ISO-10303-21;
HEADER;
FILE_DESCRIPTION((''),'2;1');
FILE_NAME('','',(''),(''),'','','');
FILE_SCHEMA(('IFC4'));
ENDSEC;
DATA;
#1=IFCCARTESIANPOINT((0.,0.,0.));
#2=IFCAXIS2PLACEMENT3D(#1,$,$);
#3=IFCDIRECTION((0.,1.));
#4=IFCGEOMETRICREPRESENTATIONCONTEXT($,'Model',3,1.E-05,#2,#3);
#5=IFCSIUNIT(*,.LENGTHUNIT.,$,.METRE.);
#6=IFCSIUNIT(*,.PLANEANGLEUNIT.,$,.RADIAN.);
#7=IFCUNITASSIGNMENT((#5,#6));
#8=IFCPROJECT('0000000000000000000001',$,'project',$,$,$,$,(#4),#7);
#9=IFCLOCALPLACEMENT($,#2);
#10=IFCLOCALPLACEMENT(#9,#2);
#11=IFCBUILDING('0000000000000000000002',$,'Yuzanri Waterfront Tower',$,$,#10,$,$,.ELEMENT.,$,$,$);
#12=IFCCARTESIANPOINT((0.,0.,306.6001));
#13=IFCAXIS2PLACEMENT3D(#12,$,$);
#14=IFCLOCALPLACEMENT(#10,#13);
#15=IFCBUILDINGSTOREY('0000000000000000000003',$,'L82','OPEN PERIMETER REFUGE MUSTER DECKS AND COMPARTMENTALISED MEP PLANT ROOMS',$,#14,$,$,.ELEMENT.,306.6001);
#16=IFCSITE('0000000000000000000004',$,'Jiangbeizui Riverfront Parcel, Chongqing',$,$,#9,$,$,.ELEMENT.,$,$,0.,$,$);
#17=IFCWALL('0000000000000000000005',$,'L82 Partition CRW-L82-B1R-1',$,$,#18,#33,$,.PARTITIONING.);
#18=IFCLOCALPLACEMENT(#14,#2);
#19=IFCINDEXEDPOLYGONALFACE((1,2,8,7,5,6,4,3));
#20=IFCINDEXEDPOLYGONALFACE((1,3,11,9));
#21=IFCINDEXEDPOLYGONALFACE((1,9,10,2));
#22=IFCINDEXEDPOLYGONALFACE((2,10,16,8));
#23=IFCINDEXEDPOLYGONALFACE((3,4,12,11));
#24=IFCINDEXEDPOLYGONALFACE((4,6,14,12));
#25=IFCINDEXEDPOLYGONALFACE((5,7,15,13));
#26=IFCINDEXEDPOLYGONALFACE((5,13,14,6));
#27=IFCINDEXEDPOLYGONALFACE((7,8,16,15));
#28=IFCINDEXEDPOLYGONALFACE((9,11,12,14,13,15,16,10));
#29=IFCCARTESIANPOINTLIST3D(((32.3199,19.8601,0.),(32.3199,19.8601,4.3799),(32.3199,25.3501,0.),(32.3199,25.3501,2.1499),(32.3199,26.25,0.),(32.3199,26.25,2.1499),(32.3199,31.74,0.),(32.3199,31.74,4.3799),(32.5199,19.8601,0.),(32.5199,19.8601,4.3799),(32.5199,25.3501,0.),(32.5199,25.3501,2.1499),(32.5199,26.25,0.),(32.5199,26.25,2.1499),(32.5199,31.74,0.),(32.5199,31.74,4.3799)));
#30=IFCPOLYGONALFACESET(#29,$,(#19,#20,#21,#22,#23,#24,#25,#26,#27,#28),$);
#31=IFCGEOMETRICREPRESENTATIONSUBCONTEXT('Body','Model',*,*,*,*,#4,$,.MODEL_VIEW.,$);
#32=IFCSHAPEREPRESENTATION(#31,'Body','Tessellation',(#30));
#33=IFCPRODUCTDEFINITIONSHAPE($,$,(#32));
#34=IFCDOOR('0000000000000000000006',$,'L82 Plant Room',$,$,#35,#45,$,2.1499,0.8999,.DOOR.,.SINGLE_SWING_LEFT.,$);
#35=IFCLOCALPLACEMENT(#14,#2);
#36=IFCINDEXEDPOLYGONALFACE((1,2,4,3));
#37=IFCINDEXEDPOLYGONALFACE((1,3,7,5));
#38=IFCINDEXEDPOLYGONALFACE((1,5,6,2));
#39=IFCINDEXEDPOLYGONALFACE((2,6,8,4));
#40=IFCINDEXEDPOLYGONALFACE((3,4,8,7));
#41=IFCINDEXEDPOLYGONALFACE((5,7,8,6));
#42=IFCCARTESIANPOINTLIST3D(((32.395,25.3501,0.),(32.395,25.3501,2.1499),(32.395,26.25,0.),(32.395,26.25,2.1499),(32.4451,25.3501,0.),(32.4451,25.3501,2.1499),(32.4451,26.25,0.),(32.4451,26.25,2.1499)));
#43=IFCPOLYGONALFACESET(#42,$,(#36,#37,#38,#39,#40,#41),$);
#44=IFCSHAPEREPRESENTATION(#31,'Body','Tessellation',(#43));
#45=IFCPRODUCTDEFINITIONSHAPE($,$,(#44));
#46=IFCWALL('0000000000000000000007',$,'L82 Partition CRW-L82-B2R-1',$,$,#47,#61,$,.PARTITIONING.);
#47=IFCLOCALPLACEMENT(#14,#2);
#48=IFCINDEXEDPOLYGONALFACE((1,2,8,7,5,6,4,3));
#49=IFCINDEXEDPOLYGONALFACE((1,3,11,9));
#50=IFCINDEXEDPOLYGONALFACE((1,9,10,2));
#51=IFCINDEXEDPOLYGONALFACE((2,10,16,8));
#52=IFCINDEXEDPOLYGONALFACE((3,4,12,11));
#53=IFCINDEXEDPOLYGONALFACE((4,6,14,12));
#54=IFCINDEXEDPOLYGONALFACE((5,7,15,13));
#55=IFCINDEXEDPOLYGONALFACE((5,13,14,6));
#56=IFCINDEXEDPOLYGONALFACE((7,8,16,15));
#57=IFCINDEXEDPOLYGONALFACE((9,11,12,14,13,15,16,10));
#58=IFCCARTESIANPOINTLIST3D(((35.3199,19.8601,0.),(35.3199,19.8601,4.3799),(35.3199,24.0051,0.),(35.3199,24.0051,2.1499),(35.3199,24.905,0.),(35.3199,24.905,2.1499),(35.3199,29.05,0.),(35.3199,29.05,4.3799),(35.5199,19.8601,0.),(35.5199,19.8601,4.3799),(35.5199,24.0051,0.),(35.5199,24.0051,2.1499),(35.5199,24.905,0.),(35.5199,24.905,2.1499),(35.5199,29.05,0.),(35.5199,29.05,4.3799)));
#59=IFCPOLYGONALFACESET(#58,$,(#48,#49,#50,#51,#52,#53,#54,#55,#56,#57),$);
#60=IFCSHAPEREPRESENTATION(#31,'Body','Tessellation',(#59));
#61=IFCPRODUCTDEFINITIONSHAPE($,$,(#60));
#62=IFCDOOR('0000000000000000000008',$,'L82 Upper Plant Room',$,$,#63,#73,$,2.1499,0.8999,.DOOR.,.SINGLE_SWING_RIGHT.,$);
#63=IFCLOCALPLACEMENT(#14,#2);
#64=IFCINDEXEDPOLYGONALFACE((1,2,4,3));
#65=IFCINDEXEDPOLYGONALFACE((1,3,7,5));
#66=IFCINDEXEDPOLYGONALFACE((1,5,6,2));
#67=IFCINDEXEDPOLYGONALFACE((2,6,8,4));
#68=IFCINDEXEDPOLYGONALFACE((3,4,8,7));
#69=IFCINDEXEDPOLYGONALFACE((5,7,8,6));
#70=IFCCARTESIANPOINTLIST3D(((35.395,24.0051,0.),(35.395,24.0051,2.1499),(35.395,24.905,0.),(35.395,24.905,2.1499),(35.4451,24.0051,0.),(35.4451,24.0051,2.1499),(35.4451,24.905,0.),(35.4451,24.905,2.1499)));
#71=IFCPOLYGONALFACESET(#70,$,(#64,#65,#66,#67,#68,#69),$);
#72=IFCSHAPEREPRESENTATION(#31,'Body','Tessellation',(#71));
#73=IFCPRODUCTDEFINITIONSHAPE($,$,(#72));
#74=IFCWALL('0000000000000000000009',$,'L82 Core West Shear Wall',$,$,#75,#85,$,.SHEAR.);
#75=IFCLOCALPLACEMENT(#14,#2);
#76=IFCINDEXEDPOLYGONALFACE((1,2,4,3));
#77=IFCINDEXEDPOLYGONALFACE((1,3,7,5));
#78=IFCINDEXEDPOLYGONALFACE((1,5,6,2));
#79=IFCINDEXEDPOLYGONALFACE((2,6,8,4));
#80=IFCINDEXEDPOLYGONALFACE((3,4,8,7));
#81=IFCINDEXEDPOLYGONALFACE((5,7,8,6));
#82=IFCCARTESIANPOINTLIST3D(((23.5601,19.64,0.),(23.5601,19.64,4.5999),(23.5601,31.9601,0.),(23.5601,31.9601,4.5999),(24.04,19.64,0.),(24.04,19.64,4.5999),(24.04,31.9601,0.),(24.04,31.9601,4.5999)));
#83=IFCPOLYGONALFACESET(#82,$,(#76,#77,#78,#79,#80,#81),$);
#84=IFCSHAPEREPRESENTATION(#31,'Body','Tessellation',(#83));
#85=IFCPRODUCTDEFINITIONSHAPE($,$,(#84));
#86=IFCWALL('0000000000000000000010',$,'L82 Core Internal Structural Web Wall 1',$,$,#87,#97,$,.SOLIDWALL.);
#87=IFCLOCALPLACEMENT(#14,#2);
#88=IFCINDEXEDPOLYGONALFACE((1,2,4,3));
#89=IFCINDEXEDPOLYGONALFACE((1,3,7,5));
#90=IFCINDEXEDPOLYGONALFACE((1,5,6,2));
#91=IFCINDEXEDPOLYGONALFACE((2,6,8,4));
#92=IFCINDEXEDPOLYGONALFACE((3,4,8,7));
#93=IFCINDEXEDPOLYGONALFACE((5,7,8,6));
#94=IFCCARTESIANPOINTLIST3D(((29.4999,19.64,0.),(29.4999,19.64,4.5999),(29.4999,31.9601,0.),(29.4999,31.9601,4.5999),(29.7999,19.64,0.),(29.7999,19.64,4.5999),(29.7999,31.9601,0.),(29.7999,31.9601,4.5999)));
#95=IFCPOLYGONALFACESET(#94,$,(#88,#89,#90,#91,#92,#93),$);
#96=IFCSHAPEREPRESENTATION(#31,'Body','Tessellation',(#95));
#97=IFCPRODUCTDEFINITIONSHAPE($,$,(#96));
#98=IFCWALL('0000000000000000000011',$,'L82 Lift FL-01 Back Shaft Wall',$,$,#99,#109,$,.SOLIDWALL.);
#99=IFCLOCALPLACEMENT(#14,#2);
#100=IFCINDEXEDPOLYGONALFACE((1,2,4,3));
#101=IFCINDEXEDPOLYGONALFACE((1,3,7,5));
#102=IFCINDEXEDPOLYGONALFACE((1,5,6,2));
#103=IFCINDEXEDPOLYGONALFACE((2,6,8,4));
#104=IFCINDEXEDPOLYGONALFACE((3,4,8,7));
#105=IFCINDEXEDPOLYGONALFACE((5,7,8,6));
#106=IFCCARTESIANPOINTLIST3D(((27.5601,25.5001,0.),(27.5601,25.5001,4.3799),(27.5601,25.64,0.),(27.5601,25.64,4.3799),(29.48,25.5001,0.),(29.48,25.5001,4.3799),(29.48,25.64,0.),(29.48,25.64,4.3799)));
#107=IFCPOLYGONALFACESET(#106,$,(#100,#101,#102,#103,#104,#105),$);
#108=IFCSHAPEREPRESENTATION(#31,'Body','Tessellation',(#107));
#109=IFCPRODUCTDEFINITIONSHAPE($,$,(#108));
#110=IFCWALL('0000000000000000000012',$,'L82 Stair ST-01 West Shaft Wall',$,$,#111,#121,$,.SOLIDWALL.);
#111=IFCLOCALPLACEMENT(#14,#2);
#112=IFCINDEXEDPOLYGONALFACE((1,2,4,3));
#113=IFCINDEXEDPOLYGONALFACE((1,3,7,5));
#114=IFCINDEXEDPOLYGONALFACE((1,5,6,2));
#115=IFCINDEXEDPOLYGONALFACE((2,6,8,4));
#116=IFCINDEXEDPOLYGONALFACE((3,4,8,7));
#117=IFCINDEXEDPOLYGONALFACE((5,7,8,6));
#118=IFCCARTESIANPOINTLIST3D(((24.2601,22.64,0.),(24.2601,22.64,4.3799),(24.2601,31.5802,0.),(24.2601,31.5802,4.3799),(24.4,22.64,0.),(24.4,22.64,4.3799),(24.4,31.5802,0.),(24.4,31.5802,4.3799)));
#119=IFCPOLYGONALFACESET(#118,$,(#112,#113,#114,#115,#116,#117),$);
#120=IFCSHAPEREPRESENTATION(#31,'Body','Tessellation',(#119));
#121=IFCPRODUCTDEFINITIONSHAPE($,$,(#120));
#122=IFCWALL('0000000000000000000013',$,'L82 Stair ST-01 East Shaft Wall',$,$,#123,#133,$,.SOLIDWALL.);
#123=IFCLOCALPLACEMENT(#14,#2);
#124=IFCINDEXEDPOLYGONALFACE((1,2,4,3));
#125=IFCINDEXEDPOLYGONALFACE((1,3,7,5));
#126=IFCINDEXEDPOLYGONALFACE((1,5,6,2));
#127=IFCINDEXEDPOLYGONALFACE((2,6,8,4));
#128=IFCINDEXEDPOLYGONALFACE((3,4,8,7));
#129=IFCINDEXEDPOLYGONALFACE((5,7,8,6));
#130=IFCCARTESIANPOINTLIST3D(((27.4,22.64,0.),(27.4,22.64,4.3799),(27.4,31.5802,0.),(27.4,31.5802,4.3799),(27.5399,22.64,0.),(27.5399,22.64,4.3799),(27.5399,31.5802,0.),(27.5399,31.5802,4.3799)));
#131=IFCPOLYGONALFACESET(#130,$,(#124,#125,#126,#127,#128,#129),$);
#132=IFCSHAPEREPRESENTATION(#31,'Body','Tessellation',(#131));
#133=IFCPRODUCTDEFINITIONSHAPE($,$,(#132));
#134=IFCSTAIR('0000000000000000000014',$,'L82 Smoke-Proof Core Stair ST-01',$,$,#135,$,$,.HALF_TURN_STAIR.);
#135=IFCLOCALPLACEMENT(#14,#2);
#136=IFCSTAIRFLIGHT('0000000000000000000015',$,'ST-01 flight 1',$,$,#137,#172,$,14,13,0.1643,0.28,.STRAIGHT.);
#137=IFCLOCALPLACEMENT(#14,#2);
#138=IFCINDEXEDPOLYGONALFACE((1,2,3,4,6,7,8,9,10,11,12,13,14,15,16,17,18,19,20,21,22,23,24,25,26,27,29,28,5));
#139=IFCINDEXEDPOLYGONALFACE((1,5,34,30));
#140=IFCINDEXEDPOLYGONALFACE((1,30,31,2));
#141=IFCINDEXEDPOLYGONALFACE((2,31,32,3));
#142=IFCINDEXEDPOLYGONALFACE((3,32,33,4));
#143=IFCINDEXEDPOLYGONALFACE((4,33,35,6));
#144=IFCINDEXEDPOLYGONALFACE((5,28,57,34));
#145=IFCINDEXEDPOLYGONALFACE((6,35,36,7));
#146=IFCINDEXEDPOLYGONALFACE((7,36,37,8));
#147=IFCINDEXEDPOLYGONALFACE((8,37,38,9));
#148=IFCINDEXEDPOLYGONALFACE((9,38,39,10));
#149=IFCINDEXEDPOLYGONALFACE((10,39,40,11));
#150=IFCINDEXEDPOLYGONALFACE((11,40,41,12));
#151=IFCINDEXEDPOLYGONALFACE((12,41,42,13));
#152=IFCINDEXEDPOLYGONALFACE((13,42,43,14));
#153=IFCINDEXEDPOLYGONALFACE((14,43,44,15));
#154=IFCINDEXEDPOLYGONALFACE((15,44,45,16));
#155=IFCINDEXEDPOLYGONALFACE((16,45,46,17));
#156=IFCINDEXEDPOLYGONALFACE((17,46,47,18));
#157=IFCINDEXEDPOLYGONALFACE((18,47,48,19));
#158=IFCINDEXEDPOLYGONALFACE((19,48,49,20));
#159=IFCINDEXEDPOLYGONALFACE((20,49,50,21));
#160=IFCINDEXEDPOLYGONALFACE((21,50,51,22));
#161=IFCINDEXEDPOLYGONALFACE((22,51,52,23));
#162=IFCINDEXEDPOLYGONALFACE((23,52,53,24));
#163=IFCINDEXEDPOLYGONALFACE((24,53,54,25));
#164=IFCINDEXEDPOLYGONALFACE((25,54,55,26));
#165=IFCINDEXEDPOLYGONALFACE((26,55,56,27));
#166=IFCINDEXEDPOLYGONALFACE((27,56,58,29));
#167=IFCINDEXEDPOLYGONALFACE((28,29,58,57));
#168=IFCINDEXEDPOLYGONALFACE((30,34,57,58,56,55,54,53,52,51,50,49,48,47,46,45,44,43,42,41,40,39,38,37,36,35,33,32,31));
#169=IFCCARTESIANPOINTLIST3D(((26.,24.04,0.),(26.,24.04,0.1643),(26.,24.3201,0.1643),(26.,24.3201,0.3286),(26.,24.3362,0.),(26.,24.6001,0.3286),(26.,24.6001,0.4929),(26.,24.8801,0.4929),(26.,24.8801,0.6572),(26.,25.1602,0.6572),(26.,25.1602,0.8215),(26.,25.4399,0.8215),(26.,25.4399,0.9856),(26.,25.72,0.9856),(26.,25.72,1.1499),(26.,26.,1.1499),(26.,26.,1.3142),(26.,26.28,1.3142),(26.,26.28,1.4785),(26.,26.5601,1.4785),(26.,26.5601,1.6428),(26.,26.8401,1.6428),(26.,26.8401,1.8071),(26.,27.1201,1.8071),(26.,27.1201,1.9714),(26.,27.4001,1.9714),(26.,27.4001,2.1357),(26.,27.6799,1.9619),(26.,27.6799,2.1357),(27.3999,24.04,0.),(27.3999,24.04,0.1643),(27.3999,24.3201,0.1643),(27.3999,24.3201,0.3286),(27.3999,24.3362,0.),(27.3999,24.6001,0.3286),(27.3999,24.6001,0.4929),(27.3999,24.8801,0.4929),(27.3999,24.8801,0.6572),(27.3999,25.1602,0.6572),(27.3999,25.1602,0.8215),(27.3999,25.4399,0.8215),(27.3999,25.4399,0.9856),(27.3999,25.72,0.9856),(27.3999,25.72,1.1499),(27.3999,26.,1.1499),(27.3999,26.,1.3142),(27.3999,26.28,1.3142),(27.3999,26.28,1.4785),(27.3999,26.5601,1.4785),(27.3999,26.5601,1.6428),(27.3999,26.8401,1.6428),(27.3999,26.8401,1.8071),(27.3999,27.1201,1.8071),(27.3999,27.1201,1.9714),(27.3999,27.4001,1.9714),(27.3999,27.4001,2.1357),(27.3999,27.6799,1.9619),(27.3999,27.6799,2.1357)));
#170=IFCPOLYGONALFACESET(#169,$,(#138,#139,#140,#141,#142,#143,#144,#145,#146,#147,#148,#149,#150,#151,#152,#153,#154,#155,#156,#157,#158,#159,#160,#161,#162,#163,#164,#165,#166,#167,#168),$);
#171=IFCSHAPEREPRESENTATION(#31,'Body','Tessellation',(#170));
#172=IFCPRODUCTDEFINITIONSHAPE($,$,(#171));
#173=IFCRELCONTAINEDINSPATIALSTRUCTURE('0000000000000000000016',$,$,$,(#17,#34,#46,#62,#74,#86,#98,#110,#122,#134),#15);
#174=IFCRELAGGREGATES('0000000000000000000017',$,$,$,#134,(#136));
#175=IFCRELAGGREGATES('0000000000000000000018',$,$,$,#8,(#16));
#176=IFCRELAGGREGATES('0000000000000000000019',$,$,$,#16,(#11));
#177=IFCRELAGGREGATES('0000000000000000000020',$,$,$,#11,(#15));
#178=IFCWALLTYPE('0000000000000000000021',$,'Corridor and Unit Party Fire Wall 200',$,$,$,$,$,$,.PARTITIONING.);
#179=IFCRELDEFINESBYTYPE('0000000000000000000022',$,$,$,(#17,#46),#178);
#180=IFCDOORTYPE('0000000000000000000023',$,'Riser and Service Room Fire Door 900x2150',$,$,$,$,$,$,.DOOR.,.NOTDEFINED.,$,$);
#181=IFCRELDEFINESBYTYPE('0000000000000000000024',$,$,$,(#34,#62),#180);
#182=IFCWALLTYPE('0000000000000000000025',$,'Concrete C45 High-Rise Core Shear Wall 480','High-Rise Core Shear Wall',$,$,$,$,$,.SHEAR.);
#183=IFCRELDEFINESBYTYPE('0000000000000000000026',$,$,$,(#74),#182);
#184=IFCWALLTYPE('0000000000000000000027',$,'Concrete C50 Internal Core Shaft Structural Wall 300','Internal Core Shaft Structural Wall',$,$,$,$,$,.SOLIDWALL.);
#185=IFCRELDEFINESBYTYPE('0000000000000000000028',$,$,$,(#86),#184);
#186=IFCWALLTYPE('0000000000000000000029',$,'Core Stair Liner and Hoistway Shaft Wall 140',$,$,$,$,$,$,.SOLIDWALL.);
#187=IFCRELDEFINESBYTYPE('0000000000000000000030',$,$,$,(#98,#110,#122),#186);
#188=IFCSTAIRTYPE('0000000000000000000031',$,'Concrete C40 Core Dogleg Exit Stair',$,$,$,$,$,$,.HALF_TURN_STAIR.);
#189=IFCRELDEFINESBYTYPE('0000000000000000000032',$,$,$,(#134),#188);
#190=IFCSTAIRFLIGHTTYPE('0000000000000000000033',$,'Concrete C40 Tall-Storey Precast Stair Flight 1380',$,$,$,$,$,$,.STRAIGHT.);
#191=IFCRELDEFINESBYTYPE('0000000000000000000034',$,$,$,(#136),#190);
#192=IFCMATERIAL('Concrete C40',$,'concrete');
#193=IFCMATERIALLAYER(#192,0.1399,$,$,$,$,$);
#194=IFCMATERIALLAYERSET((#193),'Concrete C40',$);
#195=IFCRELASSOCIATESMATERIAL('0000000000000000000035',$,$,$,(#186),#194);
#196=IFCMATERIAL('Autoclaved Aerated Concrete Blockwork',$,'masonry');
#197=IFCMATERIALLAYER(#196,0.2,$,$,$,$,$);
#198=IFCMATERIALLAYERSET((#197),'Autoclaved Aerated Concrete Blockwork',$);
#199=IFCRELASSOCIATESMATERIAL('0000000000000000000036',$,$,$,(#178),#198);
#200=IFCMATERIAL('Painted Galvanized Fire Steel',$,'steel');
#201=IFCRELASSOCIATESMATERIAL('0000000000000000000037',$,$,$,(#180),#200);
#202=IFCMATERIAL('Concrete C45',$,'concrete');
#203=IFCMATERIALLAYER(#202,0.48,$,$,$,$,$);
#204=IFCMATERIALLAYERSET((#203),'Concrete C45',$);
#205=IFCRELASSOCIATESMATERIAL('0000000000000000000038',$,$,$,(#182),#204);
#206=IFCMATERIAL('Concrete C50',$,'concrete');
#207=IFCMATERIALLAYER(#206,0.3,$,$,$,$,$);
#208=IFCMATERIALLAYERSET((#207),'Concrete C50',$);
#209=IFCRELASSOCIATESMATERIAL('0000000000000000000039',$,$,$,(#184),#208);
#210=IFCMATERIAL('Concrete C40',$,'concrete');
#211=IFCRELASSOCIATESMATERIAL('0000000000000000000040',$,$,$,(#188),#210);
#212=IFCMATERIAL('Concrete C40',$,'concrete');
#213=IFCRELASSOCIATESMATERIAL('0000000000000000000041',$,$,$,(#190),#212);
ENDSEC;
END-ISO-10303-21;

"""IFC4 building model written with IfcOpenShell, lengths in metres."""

from ifc_helpers import new_model, si_unit, direction, frame, frame_2d, origin, place, context, subcontext, project, spatial, polyline, rectangle, outline, extrude, source, transform, mapped, material, layer, layer_set, type_object, element, fill, aggregate, save


model = new_model("IFC4")

# Units and contexts
model_context = context("Model", 3, precision=1e-05, world=origin(), true_north=direction((0.0, 1.0)))
body_context = subcontext(model_context, "Body", "Model", "MODEL_VIEW")
ifc_project = project(units=[si_unit("LENGTHUNIT", "METRE"), si_unit("PLANEANGLEUNIT", "RADIAN")], contexts=[model_context])

# Site, building, storey
site_placement = place(None, origin())
site = spatial("IfcSite", under=ifc_project, at=site_placement, Name="Jiangbeizui Riverfront Parcel, Chongqing", CompositionType="ELEMENT", RefElevation=0.0)
building_placement = place(site_placement, origin())
building = spatial("IfcBuilding", under=site, at=building_placement, Name="Yuzanri Waterfront Tower", CompositionType="ELEMENT")
storey_placement = place(building_placement, frame((0.0, 0.0, 306.6001)))
storey = spatial("IfcBuildingStorey", under=building, at=storey_placement, Name="L82", Description="OPEN PERIMETER REFUGE MUSTER DECKS AND COMPARTMENTALISED MEP PLANT ROOMS", CompositionType="ELEMENT", Elevation=306.6001)

# Walls, openings, doors
ifc_material_1 = material(Name="Concrete C40", Category="concrete")
ifc_layer_1 = layer(ifc_material_1, 0.1399)
ifc_layer_set_1 = layer_set([ifc_layer_1], Name="Concrete C40")
wall_type_1 = type_object("IfcWallType", Name="Core Stair Liner and Hoistway Shaft Wall 140", PredefinedType="SOLIDWALL", material=ifc_layer_set_1)
ifc_material_2 = material(Name="Autoclaved Aerated Concrete Blockwork", Category="masonry")
ifc_layer_2 = layer(ifc_material_2, 0.2)
ifc_layer_set_2 = layer_set([ifc_layer_2], Name="Autoclaved Aerated Concrete Blockwork")
wall_type_2 = type_object("IfcWallType", Name="Corridor and Unit Party Fire Wall 200", PredefinedType="PARTITIONING", material=ifc_layer_set_2)
wall_1_placement = place(storey_placement, frame((32.4199, 19.8601, 0.0), z_axis=(0.0, 0.0, 1.0), x_axis=(0.0, 1.0, 0.0)))
wall_1 = element("IfcWall", 1, at=wall_1_placement, inside=storey, type_object=wall_type_2, Name="L82 Partition CRW-L82-B1R-1", PredefinedType="PARTITIONING", context=body_context, shape_type="SweptSolid", body=[
    extrude(rectangle(XDim=11.8799, YDim=0.2, at=frame_2d((5.9399, 0.0))), origin(), (0.0, 0.0, 1.0), 4.3799),
])
opening_1_placement = place(wall_1_placement, frame((5.49, 0.0, 0.0)))
opening_1 = element("IfcOpeningElement", 2, at=opening_1_placement, cuts=wall_1, PredefinedType="OPENING", context=body_context, shape_type="SweptSolid", body=[
    extrude(rectangle(XDim=0.8999, YDim=2.1499, at=frame_2d((0.45, 1.075))), frame((0.0, 0.1147, 0.0), z_axis=(0.0, -1.0, 0.0), x_axis=(1.0, 0.0, 0.0)), (0.0, 0.0, 1.0), 0.2297),
])
ifc_material_3 = material(Name="Painted Galvanized Fire Steel", Category="steel")
door_type_1 = type_object("IfcDoorType", Name="Riser and Service Room Fire Door 900x2150", OperationType="NOTDEFINED", PredefinedType="DOOR", material=ifc_material_3)
shared_shape_1 = source(origin(), body_context, "Body", "SweptSolid", [
    extrude(rectangle(XDim=0.8999, YDim=2.1499, at=frame_2d((0.45, 1.075))), frame((0.0, 0.0249, 0.0), z_axis=(0.0, -1.0, 0.0), x_axis=(1.0, 0.0, 0.0)), (0.0, 0.0, 1.0), 0.05),
])
door_1_placement = place(opening_1_placement, origin())
door_1 = element("IfcDoor", 3, at=door_1_placement, inside=storey, type_object=door_type_1, Name="L82 Plant Room", OperationType="SINGLE_SWING_LEFT", OverallHeight=2.1499, OverallWidth=0.8999, PredefinedType="DOOR", context=body_context, shape_type="MappedRepresentation", body=[
    mapped(shared_shape_1, transform((0.0, 0.0, 0.0), scale=1.0)),
])
fill(opening_1, door_1)
wall_2_placement = place(storey_placement, frame((35.4199, 19.8601, 0.0), z_axis=(0.0, 0.0, 1.0), x_axis=(0.0, 1.0, 0.0)))
wall_2 = element("IfcWall", 4, at=wall_2_placement, inside=storey, type_object=wall_type_2, Name="L82 Partition CRW-L82-B2R-1", PredefinedType="PARTITIONING", context=body_context, shape_type="SweptSolid", body=[
    extrude(rectangle(XDim=9.1899, YDim=0.2, at=frame_2d((4.595, 0.0))), origin(), (0.0, 0.0, 1.0), 4.3799),
])
opening_2_placement = place(wall_2_placement, frame((4.145, 0.0, 0.0)))
opening_2 = element("IfcOpeningElement", 5, at=opening_2_placement, cuts=wall_2, PredefinedType="OPENING", context=body_context, shape_type="SweptSolid", body=[
    extrude(rectangle(XDim=0.8999, YDim=2.1499, at=frame_2d((0.45, 1.075))), frame((0.0, 0.1147, 0.0), z_axis=(0.0, -1.0, 0.0), x_axis=(1.0, 0.0, 0.0)), (0.0, 0.0, 1.0), 0.2297),
])
door_2_placement = place(opening_2_placement, origin())
door_2 = element("IfcDoor", 6, at=door_2_placement, inside=storey, type_object=door_type_1, Name="L82 Upper Plant Room", OperationType="SINGLE_SWING_RIGHT", OverallHeight=2.1499, OverallWidth=0.8999, PredefinedType="DOOR", context=body_context, shape_type="MappedRepresentation", body=[
    mapped(shared_shape_1, transform((0.0, 0.0, 0.0), scale=1.0)),
])
fill(opening_2, door_2)

# Walls
ifc_material_4 = material(Name="Concrete C45", Category="concrete")
ifc_layer_3 = layer(ifc_material_4, 0.48)
ifc_layer_set_3 = layer_set([ifc_layer_3], Name="Concrete C45")
wall_type_3 = type_object("IfcWallType", Name="Concrete C45 High-Rise Core Shear Wall 480", Description="High-Rise Core Shear Wall", PredefinedType="SHEAR", material=ifc_layer_set_3)
shared_shape_2 = source(origin(), body_context, "Body", "SweptSolid", [
    extrude(rectangle(XDim=12.3201, YDim=0.48, at=frame_2d((6.1602, 0.0))), origin(), (0.0, 0.0, 1.0), 4.5999),
])
wall_3_placement = place(storey_placement, frame((23.8, 19.6399, 0.0), z_axis=(0.0, 0.0, 1.0), x_axis=(0.0, 1.0, 0.0)))
element("IfcWall", 7, at=wall_3_placement, inside=storey, type_object=wall_type_3, Name="L82 Core West Shear Wall", PredefinedType="SHEAR", context=body_context, shape_type="MappedRepresentation", body=[
    mapped(shared_shape_2, transform((0.0, 0.0, 0.0), scale=1.0)),
])
ifc_material_5 = material(Name="Concrete C50", Category="concrete")
ifc_layer_4 = layer(ifc_material_5, 0.3)
ifc_layer_set_4 = layer_set([ifc_layer_4], Name="Concrete C50")
wall_type_4 = type_object("IfcWallType", Name="Concrete C50 Internal Core Shaft Structural Wall 300", Description="Internal Core Shaft Structural Wall", PredefinedType="SOLIDWALL", material=ifc_layer_set_4)
shared_shape_3 = source(origin(), body_context, "Body", "SweptSolid", [
    extrude(rectangle(XDim=12.3201, YDim=0.3, at=frame_2d((6.1602, 0.0))), origin(), (0.0, 0.0, 1.0), 4.5999),
])
wall_4_placement = place(storey_placement, frame((29.6499, 19.6399, 0.0), z_axis=(0.0, 0.0, 1.0), x_axis=(0.0, 1.0, 0.0)))
element("IfcWall", 8, at=wall_4_placement, inside=storey, type_object=wall_type_4, Name="L82 Core Internal Structural Web Wall 1", PredefinedType="SOLIDWALL", context=body_context, shape_type="MappedRepresentation", body=[
    mapped(shared_shape_3, transform((0.0, 0.0, 0.0), scale=1.0)),
])
shared_shape_4 = source(origin(), body_context, "Body", "SweptSolid", [
    extrude(rectangle(XDim=1.9199, YDim=0.1399, at=frame_2d((0.96, 0.0))), origin(), (0.0, 0.0, 1.0), 4.3799),
])
wall_5_placement = place(storey_placement, frame((27.5601, 25.5701, 0.0), z_axis=(0.0, 0.0, 1.0), x_axis=(1.0, 0.0, 0.0)))
element("IfcWall", 9, at=wall_5_placement, inside=storey, type_object=wall_type_1, Name="L82 Lift FL-01 Back Shaft Wall", PredefinedType="SOLIDWALL", context=body_context, shape_type="MappedRepresentation", body=[
    mapped(shared_shape_4, transform((0.0, 0.0, 0.0), scale=1.0)),
])
shared_shape_5 = source(origin(), body_context, "Body", "SweptSolid", [
    extrude(rectangle(XDim=8.9402, YDim=0.1399, at=frame_2d((4.4702, 0.0))), origin(), (0.0, 0.0, 1.0), 4.3799),
])
for number, where, z_axis, x_axis, name in (
    (10, (24.3301, 22.6399, 0.0), (0.0, 0.0, 1.0), (0.0, 1.0, 0.0), "L82 Stair ST-01 West Shaft Wall"),
    (11, (27.47, 22.6399, 0.0), (0.0, 0.0, 1.0), (0.0, 1.0, 0.0), "L82 Stair ST-01 East Shaft Wall"),
):
    element("IfcWall", number, at=place(storey_placement, frame(where, z_axis=z_axis, x_axis=x_axis)), inside=storey, type_object=wall_type_1, Name=name, PredefinedType="SOLIDWALL", context=body_context, shape_type="MappedRepresentation", body=[
        mapped(shared_shape_5, transform((0.0, 0.0, 0.0), scale=1.0)),
    ])

# Stair, stair flight
ifc_material_6 = material(Name="Concrete C40", Category="concrete")
stair_type = type_object("IfcStairType", Name="Concrete C40 Core Dogleg Exit Stair", PredefinedType="HALF_TURN_STAIR", material=ifc_material_6)
stair_placement = place(storey_placement, origin())
stair = element("IfcStair", 12, at=stair_placement, inside=storey, type_object=stair_type, Name="L82 Smoke-Proof Core Stair ST-01", PredefinedType="HALF_TURN_STAIR")
ifc_material_7 = material(Name="Concrete C40", Category="concrete")
stair_flight_type = type_object("IfcStairFlightType", Name="Concrete C40 Tall-Storey Precast Stair Flight 1380", PredefinedType="STRAIGHT", material=ifc_material_7)
shared_shape_6 = source(origin(), body_context, "Body", "SweptSolid", [
    extrude(outline(polyline([(0.0, 0.0), (0.0, 0.1643), (0.28, 0.1643), (0.28, 0.3286), (0.5601, 0.3286), (0.5601, 0.4929), (0.8401, 0.4929), (0.8401, 0.6572), (1.1201, 0.6572), (1.1201, 0.8215), (1.3999, 0.8215), (1.3999, 0.9856), (1.6799, 0.9856), (1.6799, 1.1499), (1.96, 1.1499), (1.96, 1.3142), (2.24, 1.3142), (2.24, 1.4785), (2.52, 1.4785), (2.52, 1.6428), (2.8, 1.6428), (2.8, 1.8071), (3.0801, 1.8071), (3.0801, 1.9714), (3.3601, 1.9714), (3.3601, 2.1357), (3.6399, 2.1357), (3.6399, 2.3), (3.6399, 1.9619), (0.2961, 0.0), (0.0, 0.0)])), frame((0.0, 0.7, 0.0), z_axis=(0.0, -1.0, 0.0), x_axis=(1.0, 0.0, 0.0)), (0.0, 0.0, 1.0), 1.3999),
])
stair_flight_placement = place(storey_placement, frame((26.7, 24.04, 0.0), z_axis=(0.0, 0.0, 1.0), x_axis=(0.0, 1.0, 0.0)))
stair_flight = element("IfcStairFlight", 13, at=stair_flight_placement, type_object=stair_flight_type, Name="ST-01 flight 1", NumberOfRisers=14, NumberOfTreads=13, PredefinedType="STRAIGHT", RiserHeight=0.1643, TreadLength=0.28, context=body_context, shape_type="MappedRepresentation", body=[
    mapped(shared_shape_6, transform((0.0, 0.0, 0.0), scale=1.0)),
])
aggregate(stair, [stair_flight])

save(model, "model.ifc")
